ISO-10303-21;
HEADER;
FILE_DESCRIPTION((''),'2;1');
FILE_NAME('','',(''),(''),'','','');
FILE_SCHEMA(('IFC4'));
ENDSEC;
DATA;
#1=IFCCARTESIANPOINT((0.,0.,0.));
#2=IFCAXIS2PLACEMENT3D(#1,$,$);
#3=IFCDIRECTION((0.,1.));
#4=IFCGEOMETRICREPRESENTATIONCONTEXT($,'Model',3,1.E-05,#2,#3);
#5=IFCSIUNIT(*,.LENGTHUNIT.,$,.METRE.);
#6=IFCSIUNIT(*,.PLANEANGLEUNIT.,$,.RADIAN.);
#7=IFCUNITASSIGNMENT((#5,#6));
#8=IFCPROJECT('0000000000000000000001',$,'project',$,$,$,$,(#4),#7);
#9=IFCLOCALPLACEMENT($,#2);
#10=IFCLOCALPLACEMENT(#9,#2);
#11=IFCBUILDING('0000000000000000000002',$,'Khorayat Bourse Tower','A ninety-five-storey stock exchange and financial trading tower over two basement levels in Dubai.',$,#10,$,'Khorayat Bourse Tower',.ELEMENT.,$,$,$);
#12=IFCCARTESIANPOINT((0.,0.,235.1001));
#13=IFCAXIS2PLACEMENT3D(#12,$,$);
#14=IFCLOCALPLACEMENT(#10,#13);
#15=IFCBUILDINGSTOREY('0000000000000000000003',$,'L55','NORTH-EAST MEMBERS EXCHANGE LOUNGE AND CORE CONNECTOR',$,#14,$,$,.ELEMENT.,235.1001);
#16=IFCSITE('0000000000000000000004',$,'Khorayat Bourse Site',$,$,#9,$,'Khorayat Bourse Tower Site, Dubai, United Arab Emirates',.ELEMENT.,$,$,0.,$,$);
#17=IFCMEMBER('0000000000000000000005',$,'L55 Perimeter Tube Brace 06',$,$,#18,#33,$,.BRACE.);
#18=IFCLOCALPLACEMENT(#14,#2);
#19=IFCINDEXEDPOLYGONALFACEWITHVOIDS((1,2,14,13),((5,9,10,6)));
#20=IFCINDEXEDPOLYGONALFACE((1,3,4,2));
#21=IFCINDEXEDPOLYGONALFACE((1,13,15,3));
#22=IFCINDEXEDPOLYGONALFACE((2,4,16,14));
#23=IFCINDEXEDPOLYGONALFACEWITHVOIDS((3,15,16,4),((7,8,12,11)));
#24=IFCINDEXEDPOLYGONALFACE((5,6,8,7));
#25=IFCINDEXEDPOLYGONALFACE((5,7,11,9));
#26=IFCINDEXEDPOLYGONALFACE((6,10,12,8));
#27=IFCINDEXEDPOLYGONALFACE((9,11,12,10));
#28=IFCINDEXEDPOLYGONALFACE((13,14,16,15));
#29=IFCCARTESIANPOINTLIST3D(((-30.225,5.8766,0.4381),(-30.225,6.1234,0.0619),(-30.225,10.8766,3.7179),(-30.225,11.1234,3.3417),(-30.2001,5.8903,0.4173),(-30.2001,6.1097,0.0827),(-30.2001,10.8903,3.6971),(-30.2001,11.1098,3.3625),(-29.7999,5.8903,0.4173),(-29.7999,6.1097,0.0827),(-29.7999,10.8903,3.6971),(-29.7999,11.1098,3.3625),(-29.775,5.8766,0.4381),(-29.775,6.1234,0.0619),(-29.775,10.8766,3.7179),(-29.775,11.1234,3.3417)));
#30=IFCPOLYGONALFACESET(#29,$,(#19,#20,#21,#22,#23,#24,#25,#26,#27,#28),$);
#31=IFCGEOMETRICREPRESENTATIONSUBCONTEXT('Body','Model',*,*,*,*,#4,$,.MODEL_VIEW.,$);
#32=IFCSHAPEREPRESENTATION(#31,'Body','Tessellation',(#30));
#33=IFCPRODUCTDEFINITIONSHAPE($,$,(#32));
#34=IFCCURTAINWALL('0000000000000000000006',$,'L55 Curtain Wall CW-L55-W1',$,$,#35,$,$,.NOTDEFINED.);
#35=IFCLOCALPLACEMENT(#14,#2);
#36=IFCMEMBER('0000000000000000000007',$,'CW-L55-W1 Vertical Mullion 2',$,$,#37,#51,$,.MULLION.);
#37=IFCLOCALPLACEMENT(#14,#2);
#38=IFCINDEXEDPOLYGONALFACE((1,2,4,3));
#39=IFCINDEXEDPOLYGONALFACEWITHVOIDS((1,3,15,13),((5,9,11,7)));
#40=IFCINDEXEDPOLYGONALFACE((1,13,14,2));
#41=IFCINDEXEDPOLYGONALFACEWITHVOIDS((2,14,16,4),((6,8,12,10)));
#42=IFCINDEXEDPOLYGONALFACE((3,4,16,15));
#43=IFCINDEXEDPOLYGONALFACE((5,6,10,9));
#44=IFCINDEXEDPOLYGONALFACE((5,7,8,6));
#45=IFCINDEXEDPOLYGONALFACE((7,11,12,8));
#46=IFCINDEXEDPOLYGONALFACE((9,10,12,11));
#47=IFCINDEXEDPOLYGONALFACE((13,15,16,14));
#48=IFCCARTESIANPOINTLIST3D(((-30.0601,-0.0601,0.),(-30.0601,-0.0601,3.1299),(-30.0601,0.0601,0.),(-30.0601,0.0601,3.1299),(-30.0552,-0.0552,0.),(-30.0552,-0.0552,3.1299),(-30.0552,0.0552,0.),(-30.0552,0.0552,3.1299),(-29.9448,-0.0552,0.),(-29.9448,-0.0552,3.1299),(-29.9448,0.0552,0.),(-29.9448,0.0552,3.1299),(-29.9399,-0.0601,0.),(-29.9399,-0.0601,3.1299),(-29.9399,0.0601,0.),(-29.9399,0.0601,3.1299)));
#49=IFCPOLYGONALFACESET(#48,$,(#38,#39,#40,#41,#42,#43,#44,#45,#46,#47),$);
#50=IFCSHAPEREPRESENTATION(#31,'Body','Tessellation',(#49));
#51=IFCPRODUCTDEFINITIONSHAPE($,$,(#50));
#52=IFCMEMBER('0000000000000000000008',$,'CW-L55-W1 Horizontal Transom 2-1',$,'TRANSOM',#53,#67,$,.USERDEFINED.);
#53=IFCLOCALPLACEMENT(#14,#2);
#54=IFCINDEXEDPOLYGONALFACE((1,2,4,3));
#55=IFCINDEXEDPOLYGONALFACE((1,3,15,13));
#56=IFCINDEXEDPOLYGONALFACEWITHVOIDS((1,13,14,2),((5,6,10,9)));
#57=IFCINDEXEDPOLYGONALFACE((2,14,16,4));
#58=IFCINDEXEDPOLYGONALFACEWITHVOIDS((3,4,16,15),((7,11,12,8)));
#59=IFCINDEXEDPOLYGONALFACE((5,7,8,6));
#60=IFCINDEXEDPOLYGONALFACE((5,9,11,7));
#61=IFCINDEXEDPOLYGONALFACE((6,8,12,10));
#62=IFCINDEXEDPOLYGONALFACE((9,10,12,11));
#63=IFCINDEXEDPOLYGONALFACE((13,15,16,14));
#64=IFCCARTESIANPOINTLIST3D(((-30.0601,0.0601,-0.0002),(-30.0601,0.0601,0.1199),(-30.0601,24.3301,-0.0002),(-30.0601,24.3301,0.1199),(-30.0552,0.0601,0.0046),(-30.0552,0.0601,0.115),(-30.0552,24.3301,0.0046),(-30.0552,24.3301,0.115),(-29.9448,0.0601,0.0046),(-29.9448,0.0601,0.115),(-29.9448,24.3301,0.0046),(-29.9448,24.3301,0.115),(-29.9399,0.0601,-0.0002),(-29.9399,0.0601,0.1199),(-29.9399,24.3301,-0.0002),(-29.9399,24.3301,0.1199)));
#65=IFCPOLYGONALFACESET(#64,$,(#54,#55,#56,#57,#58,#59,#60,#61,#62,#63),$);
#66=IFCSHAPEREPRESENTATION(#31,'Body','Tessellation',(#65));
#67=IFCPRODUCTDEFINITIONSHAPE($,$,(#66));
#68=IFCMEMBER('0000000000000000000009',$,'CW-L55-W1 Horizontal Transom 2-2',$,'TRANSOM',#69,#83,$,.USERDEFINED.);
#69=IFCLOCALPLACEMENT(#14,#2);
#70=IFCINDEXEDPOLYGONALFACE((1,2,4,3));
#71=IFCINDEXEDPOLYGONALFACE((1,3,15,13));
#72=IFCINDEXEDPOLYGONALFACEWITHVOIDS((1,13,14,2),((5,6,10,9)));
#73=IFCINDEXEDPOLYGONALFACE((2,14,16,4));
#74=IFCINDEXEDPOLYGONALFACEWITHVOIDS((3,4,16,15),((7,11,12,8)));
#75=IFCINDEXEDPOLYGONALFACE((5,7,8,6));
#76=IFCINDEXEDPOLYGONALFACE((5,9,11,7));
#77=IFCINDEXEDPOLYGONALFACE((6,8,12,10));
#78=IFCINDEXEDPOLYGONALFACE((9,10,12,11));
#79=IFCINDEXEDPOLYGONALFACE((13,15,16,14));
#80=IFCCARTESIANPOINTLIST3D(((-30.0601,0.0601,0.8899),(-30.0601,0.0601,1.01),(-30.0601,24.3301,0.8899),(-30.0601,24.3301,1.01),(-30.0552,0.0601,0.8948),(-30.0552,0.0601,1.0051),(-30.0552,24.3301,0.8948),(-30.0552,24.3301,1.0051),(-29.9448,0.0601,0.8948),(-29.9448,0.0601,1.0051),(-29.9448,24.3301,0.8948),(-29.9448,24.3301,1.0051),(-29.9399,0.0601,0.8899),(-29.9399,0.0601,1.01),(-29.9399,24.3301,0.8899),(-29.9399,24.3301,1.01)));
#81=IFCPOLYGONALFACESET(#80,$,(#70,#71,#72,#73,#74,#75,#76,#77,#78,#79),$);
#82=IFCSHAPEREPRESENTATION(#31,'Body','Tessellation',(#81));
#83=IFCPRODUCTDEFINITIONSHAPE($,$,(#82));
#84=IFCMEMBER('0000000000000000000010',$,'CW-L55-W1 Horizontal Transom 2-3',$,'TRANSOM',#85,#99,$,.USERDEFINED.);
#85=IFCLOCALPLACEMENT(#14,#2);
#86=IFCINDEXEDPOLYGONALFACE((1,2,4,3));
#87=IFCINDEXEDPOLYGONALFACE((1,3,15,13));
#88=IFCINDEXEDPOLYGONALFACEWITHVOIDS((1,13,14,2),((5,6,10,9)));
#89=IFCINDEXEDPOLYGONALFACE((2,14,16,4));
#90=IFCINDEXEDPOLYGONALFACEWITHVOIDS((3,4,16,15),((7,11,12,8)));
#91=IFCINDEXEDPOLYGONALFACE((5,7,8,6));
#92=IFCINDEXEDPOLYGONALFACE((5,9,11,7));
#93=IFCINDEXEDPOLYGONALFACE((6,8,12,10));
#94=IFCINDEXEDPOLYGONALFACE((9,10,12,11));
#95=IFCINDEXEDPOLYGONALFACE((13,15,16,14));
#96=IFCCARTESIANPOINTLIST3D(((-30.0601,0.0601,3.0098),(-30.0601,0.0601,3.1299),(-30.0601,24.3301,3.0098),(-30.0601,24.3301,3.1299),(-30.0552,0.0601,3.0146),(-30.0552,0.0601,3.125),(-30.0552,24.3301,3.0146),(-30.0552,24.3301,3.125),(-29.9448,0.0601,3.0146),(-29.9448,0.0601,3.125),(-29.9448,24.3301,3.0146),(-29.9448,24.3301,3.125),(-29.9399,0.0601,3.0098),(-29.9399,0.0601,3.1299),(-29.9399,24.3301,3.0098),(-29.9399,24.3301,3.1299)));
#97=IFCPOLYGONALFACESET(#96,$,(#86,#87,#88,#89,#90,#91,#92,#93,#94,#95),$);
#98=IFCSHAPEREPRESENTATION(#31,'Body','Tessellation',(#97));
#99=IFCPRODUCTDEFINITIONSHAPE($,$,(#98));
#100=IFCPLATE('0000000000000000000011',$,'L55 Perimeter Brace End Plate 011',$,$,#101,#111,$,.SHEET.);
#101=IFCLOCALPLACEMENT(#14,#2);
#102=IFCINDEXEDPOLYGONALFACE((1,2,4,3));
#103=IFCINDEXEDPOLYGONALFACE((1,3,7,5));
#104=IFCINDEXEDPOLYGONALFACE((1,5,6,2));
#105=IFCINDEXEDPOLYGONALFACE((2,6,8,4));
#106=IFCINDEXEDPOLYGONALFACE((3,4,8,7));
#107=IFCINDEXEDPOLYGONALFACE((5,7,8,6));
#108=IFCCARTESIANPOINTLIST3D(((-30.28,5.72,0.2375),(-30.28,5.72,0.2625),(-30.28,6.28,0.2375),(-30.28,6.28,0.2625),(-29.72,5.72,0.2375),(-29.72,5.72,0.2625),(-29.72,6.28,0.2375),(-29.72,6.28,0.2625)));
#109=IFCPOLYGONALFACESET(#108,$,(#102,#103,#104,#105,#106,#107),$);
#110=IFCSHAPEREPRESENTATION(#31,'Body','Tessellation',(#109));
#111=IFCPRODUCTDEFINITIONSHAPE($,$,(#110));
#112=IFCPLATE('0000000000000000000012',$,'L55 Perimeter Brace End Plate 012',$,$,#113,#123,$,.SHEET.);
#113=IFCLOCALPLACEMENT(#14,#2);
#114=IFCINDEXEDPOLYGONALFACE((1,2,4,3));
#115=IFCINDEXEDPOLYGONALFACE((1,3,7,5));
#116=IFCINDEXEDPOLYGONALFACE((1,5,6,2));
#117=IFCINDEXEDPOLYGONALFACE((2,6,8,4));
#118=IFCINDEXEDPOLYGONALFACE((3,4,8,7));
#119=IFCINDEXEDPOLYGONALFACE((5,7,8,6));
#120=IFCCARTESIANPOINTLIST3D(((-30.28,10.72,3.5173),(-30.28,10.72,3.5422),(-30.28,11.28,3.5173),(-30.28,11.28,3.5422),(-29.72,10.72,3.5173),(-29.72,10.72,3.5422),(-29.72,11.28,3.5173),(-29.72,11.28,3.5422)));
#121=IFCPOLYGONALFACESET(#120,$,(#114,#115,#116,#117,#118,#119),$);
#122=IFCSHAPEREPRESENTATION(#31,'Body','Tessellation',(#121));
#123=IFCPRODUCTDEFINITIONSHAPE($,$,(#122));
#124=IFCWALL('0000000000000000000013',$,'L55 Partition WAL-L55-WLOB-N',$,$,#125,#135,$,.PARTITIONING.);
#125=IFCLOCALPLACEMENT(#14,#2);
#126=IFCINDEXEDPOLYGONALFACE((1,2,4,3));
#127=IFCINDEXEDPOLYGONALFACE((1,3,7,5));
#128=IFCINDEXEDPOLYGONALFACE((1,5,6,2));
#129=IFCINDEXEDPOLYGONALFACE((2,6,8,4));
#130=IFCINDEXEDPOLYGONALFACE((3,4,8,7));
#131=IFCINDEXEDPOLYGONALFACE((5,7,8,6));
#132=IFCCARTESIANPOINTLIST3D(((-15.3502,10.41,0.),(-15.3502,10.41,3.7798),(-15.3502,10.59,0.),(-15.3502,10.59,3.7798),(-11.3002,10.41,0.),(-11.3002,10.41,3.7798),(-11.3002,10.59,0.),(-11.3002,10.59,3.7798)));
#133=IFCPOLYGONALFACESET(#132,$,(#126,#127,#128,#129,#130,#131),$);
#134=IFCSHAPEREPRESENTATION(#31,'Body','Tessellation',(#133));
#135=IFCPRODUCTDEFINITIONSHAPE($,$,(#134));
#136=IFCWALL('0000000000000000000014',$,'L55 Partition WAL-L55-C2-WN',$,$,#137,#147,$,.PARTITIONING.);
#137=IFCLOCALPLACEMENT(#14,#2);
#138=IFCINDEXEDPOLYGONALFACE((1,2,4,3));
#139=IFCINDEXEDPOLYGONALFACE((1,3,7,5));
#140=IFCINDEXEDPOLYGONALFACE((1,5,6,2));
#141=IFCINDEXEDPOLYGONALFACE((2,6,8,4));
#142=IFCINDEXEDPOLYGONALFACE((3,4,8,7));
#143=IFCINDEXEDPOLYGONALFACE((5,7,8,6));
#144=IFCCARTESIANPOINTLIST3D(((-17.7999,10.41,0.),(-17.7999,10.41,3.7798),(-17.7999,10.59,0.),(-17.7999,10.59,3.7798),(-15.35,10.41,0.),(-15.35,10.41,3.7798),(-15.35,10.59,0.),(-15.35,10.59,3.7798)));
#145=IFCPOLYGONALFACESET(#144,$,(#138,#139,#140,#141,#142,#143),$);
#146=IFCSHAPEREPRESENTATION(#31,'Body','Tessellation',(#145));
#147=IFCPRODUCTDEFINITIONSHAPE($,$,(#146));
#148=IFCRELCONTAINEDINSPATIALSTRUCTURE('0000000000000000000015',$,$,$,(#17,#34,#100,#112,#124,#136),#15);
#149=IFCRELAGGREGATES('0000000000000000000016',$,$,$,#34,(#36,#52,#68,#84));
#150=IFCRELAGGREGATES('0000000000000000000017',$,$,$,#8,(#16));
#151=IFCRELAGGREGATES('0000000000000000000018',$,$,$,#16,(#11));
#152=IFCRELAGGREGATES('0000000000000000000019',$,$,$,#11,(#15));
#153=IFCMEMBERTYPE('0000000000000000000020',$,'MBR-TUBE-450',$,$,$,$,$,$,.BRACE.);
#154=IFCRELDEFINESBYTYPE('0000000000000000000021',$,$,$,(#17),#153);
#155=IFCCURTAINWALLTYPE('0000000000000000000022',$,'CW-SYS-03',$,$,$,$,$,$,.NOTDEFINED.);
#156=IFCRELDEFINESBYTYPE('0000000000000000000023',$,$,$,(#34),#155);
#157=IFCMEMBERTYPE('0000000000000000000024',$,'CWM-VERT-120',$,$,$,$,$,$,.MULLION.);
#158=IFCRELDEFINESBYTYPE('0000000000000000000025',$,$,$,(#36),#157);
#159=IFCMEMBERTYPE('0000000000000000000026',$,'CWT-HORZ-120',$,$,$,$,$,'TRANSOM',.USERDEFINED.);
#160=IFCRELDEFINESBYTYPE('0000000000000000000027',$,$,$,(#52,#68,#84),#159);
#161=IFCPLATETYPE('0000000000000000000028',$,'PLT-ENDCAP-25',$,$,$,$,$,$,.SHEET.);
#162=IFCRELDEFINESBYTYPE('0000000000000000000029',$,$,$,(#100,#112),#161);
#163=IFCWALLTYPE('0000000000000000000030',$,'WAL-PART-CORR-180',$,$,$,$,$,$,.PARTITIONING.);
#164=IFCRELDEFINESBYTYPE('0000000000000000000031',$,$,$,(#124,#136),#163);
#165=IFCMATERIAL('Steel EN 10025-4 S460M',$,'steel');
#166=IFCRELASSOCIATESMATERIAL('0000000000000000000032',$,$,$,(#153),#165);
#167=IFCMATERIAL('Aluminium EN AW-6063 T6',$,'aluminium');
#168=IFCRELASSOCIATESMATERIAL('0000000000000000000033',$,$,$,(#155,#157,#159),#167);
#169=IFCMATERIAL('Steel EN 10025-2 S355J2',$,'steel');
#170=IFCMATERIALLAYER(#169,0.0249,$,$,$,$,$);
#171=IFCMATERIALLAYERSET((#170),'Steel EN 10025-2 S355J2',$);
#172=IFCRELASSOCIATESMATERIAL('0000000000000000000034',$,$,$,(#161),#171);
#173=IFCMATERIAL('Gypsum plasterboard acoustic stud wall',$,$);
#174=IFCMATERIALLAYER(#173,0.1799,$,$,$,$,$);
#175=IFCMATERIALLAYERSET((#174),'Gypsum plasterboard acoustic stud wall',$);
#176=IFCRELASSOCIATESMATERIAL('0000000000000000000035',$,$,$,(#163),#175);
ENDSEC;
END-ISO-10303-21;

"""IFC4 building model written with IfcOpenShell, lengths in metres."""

from ifc_helpers import new_model, si_unit, direction, frame, frame_2d, origin, origin_2d, place, context, subcontext, project, spatial, rectangle, hollow_rectangle, extrude, source, transform, mapped, material, layer, layer_set, material_profile, profile_set, type_object, element, aggregate, save


model = new_model("IFC4")

# Units and contexts
model_context = context("Model", 3, precision=1e-05, world=origin(), true_north=direction((0.0, 1.0)))
body_context = subcontext(model_context, "Body", "Model", "MODEL_VIEW")
ifc_project = project(units=[si_unit("LENGTHUNIT", "METRE"), si_unit("PLANEANGLEUNIT", "RADIAN")], contexts=[model_context])

# Site, building, storey
site_placement = place(None, origin())
site = spatial("IfcSite", under=ifc_project, at=site_placement, Name="Khorayat Bourse Site", LongName="Khorayat Bourse Tower Site, Dubai, United Arab Emirates", CompositionType="ELEMENT", RefElevation=0.0)
building_placement = place(site_placement, origin())
building = spatial("IfcBuilding", under=site, at=building_placement, Name="Khorayat Bourse Tower", Description="A ninety-five-storey stock exchange and financial trading tower over two basement levels in Dubai.", LongName="Khorayat Bourse Tower", CompositionType="ELEMENT")
storey_placement = place(building_placement, frame((0.0, 0.0, 235.1001)))
storey = spatial("IfcBuildingStorey", under=building, at=storey_placement, Name="L55", Description="NORTH-EAST MEMBERS EXCHANGE LOUNGE AND CORE CONNECTOR", CompositionType="ELEMENT", Elevation=235.1001)

# Shared definitions
ifc_material_1 = material(Name="Steel EN 10025-4 S460M", Category="steel")

# Member
ifc_material_profile_1 = material_profile(ifc_material_1, hollow_rectangle(XDim=0.45, YDim=0.45, WallThickness=0.0249, at=origin_2d()), Name="HSS 450x450x25")
ifc_profile_set_1 = profile_set([ifc_material_profile_1], Name="Steel EN 10025-4 S460M")
member_type_1 = type_object("IfcMemberType", Name="MBR-TUBE-450", PredefinedType="BRACE", material=ifc_profile_set_1)
shared_shape_1 = source(origin(), body_context, "Body", "SweptSolid", [
    extrude(hollow_rectangle(XDim=0.45, YDim=0.45, WallThickness=0.0249, at=origin_2d()), origin(), (0.0, 0.0, 1.0), 5.9797),
])
member_1_placement = place(storey_placement, frame((-30.0, 6.0, 0.25), z_axis=(0.0, 0.83616, 0.548485), x_axis=(-1.0, 0.0, 0.0)))
element("IfcMember", 1, at=member_1_placement, inside=storey, type_object=member_type_1, Name="L55 Perimeter Tube Brace 06", PredefinedType="BRACE", context=body_context, shape_type="MappedRepresentation", body=[
    mapped(shared_shape_1, transform((0.0, 0.0, 0.0), scale=1.0)),
])

# Curtain wall, members
ifc_material_2 = material(Name="Aluminium EN AW-6063 T6", Category="aluminium")
curtain_wall_type = type_object("IfcCurtainWallType", Name="CW-SYS-03", PredefinedType="NOTDEFINED", material=ifc_material_2)
curtain_wall_placement = place(storey_placement, origin())
curtain_wall = element("IfcCurtainWall", 2, at=curtain_wall_placement, inside=storey, type_object=curtain_wall_type, Name="L55 Curtain Wall CW-L55-W1", PredefinedType="NOTDEFINED")
ifc_material_profile_2 = material_profile(ifc_material_2, hollow_rectangle(XDim=0.1201, YDim=0.1201, WallThickness=0.0049, at=origin_2d()), Name="ALU 120x120x5")
ifc_profile_set_2 = profile_set([ifc_material_profile_2], Name="Aluminium EN AW-6063 T6")
member_type_2 = type_object("IfcMemberType", Name="CWM-VERT-120", PredefinedType="MULLION", material=ifc_profile_set_2)
shared_shape_2 = source(origin(), body_context, "Body", "SweptSolid", [
    extrude(hollow_rectangle(XDim=0.1201, YDim=0.1201, WallThickness=0.0049, at=origin_2d()), origin(), (0.0, 0.0, 1.0), 3.1299),
])
member_2_placement = place(storey_placement, frame((-30.0, 0.0, 0.0), z_axis=(0.0, 0.0, 1.0), x_axis=(-1.0, 0.0, 0.0)))
member_2 = element("IfcMember", 3, at=member_2_placement, type_object=member_type_2, Name="CW-L55-W1 Vertical Mullion 2", PredefinedType="MULLION", context=body_context, shape_type="MappedRepresentation", body=[
    mapped(shared_shape_2, transform((0.0, 0.0, 0.0), scale=1.0)),
])
ifc_material_profile_3 = material_profile(ifc_material_2, hollow_rectangle(XDim=0.1201, YDim=0.1201, WallThickness=0.0049, at=origin_2d()), Name="ALU 120x120x5")
ifc_profile_set_3 = profile_set([ifc_material_profile_3], Name="Aluminium EN AW-6063 T6")
member_type_3 = type_object("IfcMemberType", Name="CWT-HORZ-120", ElementType="TRANSOM", PredefinedType="USERDEFINED", material=ifc_profile_set_3)
shared_shape_3 = source(origin(), body_context, "Body", "SweptSolid", [
    extrude(hollow_rectangle(XDim=0.1201, YDim=0.1201, WallThickness=0.0049, at=origin_2d()), origin(), (0.0, 0.0, 1.0), 24.27),
])
member_3_placement = place(storey_placement, frame((-30.0, 0.0601, 0.0598), z_axis=(0.0, 1.0, 0.0), x_axis=(-1.0, 0.0, 0.0)))
member_3 = element("IfcMember", 4, at=member_3_placement, type_object=member_type_3, Name="CW-L55-W1 Horizontal Transom 2-1", ObjectType="TRANSOM", PredefinedType="USERDEFINED", context=body_context, shape_type="MappedRepresentation", body=[
    mapped(shared_shape_3, transform((0.0, 0.0, 0.0), scale=1.0)),
])
member_4_placement = place(storey_placement, frame((-30.0, 0.0601, 0.95), z_axis=(0.0, 1.0, 0.0), x_axis=(-1.0, 0.0, 0.0)))
member_4 = element("IfcMember", 5, at=member_4_placement, type_object=member_type_3, Name="CW-L55-W1 Horizontal Transom 2-2", ObjectType="TRANSOM", PredefinedType="USERDEFINED", context=body_context, shape_type="MappedRepresentation", body=[
    mapped(shared_shape_3, transform((0.0, 0.0, 0.0), scale=1.0)),
])
member_5_placement = place(storey_placement, frame((-30.0, 0.0601, 3.0698), z_axis=(0.0, 1.0, 0.0), x_axis=(-1.0, 0.0, 0.0)))
member_5 = element("IfcMember", 6, at=member_5_placement, type_object=member_type_3, Name="CW-L55-W1 Horizontal Transom 2-3", ObjectType="TRANSOM", PredefinedType="USERDEFINED", context=body_context, shape_type="MappedRepresentation", body=[
    mapped(shared_shape_3, transform((0.0, 0.0, 0.0), scale=1.0)),
])
aggregate(curtain_wall, [member_2, member_3, member_4, member_5])

# Plates
ifc_material_3 = material(Name="Steel EN 10025-2 S355J2", Category="steel")
ifc_layer_1 = layer(ifc_material_3, 0.0249)
ifc_layer_set_1 = layer_set([ifc_layer_1], Name="Steel EN 10025-2 S355J2")
plate_type = type_object("IfcPlateType", Name="PLT-ENDCAP-25", PredefinedType="SHEET", material=ifc_layer_set_1)
shared_shape_4 = source(origin(), body_context, "Body", "SweptSolid", [
    extrude(rectangle(XDim=0.5601, YDim=0.5601, at=origin_2d()), origin(), (0.0, 0.0, 1.0), 0.0249),
])
for number, where, z_axis, x_axis, name in (
    (7, (-30.0, 6.0, 0.2375), (0.0, 0.0, 1.0), (1.0, 0.0, 0.0), "L55 Perimeter Brace End Plate 011"),
    (8, (-30.0, 11.0, 3.5173), (0.0, 0.0, 1.0), (1.0, 0.0, 0.0), "L55 Perimeter Brace End Plate 012"),
):
    element("IfcPlate", number, at=place(storey_placement, frame(where, z_axis=z_axis, x_axis=x_axis)), inside=storey, type_object=plate_type, Name=name, PredefinedType="SHEET", context=body_context, shape_type="MappedRepresentation", body=[
        mapped(shared_shape_4, transform((0.0, 0.0, 0.0), scale=1.0)),
    ])

# Walls
ifc_material_4 = material(Name="Gypsum plasterboard acoustic stud wall")
ifc_layer_2 = layer(ifc_material_4, 0.1799)
ifc_layer_set_2 = layer_set([ifc_layer_2], Name="Gypsum plasterboard acoustic stud wall")
wall_type = type_object("IfcWallType", Name="WAL-PART-CORR-180", PredefinedType="PARTITIONING", material=ifc_layer_set_2)
shared_shape_5 = source(origin(), body_context, "Body", "SweptSolid", [
    extrude(rectangle(XDim=4.05, YDim=0.1799, at=frame_2d((2.0249, 0.0))), origin(), (0.0, 0.0, 1.0), 3.7798),
])
wall_1_placement = place(storey_placement, frame((-15.3501, 10.5, 0.0), z_axis=(0.0, 0.0, 1.0), x_axis=(1.0, 0.0, 0.0)))
element("IfcWall", 9, at=wall_1_placement, inside=storey, type_object=wall_type, Name="L55 Partition WAL-L55-WLOB-N", PredefinedType="PARTITIONING", context=body_context, shape_type="MappedRepresentation", body=[
    mapped(shared_shape_5, transform((0.0, 0.0, 0.0), scale=1.0)),
])
shared_shape_6 = source(origin(), body_context, "Body", "SweptSolid", [
    extrude(rectangle(XDim=2.45, YDim=0.1799, at=frame_2d((1.2251, 0.0))), origin(), (0.0, 0.0, 1.0), 3.7798),
])
wall_2_placement = place(storey_placement, frame((-17.8, 10.5, 0.0), z_axis=(0.0, 0.0, 1.0), x_axis=(1.0, 0.0, 0.0)))
element("IfcWall", 10, at=wall_2_placement, inside=storey, type_object=wall_type, Name="L55 Partition WAL-L55-C2-WN", PredefinedType="PARTITIONING", context=body_context, shape_type="MappedRepresentation", body=[
    mapped(shared_shape_6, transform((0.0, 0.0, 0.0), scale=1.0)),
])

save(model, "model.ifc")
